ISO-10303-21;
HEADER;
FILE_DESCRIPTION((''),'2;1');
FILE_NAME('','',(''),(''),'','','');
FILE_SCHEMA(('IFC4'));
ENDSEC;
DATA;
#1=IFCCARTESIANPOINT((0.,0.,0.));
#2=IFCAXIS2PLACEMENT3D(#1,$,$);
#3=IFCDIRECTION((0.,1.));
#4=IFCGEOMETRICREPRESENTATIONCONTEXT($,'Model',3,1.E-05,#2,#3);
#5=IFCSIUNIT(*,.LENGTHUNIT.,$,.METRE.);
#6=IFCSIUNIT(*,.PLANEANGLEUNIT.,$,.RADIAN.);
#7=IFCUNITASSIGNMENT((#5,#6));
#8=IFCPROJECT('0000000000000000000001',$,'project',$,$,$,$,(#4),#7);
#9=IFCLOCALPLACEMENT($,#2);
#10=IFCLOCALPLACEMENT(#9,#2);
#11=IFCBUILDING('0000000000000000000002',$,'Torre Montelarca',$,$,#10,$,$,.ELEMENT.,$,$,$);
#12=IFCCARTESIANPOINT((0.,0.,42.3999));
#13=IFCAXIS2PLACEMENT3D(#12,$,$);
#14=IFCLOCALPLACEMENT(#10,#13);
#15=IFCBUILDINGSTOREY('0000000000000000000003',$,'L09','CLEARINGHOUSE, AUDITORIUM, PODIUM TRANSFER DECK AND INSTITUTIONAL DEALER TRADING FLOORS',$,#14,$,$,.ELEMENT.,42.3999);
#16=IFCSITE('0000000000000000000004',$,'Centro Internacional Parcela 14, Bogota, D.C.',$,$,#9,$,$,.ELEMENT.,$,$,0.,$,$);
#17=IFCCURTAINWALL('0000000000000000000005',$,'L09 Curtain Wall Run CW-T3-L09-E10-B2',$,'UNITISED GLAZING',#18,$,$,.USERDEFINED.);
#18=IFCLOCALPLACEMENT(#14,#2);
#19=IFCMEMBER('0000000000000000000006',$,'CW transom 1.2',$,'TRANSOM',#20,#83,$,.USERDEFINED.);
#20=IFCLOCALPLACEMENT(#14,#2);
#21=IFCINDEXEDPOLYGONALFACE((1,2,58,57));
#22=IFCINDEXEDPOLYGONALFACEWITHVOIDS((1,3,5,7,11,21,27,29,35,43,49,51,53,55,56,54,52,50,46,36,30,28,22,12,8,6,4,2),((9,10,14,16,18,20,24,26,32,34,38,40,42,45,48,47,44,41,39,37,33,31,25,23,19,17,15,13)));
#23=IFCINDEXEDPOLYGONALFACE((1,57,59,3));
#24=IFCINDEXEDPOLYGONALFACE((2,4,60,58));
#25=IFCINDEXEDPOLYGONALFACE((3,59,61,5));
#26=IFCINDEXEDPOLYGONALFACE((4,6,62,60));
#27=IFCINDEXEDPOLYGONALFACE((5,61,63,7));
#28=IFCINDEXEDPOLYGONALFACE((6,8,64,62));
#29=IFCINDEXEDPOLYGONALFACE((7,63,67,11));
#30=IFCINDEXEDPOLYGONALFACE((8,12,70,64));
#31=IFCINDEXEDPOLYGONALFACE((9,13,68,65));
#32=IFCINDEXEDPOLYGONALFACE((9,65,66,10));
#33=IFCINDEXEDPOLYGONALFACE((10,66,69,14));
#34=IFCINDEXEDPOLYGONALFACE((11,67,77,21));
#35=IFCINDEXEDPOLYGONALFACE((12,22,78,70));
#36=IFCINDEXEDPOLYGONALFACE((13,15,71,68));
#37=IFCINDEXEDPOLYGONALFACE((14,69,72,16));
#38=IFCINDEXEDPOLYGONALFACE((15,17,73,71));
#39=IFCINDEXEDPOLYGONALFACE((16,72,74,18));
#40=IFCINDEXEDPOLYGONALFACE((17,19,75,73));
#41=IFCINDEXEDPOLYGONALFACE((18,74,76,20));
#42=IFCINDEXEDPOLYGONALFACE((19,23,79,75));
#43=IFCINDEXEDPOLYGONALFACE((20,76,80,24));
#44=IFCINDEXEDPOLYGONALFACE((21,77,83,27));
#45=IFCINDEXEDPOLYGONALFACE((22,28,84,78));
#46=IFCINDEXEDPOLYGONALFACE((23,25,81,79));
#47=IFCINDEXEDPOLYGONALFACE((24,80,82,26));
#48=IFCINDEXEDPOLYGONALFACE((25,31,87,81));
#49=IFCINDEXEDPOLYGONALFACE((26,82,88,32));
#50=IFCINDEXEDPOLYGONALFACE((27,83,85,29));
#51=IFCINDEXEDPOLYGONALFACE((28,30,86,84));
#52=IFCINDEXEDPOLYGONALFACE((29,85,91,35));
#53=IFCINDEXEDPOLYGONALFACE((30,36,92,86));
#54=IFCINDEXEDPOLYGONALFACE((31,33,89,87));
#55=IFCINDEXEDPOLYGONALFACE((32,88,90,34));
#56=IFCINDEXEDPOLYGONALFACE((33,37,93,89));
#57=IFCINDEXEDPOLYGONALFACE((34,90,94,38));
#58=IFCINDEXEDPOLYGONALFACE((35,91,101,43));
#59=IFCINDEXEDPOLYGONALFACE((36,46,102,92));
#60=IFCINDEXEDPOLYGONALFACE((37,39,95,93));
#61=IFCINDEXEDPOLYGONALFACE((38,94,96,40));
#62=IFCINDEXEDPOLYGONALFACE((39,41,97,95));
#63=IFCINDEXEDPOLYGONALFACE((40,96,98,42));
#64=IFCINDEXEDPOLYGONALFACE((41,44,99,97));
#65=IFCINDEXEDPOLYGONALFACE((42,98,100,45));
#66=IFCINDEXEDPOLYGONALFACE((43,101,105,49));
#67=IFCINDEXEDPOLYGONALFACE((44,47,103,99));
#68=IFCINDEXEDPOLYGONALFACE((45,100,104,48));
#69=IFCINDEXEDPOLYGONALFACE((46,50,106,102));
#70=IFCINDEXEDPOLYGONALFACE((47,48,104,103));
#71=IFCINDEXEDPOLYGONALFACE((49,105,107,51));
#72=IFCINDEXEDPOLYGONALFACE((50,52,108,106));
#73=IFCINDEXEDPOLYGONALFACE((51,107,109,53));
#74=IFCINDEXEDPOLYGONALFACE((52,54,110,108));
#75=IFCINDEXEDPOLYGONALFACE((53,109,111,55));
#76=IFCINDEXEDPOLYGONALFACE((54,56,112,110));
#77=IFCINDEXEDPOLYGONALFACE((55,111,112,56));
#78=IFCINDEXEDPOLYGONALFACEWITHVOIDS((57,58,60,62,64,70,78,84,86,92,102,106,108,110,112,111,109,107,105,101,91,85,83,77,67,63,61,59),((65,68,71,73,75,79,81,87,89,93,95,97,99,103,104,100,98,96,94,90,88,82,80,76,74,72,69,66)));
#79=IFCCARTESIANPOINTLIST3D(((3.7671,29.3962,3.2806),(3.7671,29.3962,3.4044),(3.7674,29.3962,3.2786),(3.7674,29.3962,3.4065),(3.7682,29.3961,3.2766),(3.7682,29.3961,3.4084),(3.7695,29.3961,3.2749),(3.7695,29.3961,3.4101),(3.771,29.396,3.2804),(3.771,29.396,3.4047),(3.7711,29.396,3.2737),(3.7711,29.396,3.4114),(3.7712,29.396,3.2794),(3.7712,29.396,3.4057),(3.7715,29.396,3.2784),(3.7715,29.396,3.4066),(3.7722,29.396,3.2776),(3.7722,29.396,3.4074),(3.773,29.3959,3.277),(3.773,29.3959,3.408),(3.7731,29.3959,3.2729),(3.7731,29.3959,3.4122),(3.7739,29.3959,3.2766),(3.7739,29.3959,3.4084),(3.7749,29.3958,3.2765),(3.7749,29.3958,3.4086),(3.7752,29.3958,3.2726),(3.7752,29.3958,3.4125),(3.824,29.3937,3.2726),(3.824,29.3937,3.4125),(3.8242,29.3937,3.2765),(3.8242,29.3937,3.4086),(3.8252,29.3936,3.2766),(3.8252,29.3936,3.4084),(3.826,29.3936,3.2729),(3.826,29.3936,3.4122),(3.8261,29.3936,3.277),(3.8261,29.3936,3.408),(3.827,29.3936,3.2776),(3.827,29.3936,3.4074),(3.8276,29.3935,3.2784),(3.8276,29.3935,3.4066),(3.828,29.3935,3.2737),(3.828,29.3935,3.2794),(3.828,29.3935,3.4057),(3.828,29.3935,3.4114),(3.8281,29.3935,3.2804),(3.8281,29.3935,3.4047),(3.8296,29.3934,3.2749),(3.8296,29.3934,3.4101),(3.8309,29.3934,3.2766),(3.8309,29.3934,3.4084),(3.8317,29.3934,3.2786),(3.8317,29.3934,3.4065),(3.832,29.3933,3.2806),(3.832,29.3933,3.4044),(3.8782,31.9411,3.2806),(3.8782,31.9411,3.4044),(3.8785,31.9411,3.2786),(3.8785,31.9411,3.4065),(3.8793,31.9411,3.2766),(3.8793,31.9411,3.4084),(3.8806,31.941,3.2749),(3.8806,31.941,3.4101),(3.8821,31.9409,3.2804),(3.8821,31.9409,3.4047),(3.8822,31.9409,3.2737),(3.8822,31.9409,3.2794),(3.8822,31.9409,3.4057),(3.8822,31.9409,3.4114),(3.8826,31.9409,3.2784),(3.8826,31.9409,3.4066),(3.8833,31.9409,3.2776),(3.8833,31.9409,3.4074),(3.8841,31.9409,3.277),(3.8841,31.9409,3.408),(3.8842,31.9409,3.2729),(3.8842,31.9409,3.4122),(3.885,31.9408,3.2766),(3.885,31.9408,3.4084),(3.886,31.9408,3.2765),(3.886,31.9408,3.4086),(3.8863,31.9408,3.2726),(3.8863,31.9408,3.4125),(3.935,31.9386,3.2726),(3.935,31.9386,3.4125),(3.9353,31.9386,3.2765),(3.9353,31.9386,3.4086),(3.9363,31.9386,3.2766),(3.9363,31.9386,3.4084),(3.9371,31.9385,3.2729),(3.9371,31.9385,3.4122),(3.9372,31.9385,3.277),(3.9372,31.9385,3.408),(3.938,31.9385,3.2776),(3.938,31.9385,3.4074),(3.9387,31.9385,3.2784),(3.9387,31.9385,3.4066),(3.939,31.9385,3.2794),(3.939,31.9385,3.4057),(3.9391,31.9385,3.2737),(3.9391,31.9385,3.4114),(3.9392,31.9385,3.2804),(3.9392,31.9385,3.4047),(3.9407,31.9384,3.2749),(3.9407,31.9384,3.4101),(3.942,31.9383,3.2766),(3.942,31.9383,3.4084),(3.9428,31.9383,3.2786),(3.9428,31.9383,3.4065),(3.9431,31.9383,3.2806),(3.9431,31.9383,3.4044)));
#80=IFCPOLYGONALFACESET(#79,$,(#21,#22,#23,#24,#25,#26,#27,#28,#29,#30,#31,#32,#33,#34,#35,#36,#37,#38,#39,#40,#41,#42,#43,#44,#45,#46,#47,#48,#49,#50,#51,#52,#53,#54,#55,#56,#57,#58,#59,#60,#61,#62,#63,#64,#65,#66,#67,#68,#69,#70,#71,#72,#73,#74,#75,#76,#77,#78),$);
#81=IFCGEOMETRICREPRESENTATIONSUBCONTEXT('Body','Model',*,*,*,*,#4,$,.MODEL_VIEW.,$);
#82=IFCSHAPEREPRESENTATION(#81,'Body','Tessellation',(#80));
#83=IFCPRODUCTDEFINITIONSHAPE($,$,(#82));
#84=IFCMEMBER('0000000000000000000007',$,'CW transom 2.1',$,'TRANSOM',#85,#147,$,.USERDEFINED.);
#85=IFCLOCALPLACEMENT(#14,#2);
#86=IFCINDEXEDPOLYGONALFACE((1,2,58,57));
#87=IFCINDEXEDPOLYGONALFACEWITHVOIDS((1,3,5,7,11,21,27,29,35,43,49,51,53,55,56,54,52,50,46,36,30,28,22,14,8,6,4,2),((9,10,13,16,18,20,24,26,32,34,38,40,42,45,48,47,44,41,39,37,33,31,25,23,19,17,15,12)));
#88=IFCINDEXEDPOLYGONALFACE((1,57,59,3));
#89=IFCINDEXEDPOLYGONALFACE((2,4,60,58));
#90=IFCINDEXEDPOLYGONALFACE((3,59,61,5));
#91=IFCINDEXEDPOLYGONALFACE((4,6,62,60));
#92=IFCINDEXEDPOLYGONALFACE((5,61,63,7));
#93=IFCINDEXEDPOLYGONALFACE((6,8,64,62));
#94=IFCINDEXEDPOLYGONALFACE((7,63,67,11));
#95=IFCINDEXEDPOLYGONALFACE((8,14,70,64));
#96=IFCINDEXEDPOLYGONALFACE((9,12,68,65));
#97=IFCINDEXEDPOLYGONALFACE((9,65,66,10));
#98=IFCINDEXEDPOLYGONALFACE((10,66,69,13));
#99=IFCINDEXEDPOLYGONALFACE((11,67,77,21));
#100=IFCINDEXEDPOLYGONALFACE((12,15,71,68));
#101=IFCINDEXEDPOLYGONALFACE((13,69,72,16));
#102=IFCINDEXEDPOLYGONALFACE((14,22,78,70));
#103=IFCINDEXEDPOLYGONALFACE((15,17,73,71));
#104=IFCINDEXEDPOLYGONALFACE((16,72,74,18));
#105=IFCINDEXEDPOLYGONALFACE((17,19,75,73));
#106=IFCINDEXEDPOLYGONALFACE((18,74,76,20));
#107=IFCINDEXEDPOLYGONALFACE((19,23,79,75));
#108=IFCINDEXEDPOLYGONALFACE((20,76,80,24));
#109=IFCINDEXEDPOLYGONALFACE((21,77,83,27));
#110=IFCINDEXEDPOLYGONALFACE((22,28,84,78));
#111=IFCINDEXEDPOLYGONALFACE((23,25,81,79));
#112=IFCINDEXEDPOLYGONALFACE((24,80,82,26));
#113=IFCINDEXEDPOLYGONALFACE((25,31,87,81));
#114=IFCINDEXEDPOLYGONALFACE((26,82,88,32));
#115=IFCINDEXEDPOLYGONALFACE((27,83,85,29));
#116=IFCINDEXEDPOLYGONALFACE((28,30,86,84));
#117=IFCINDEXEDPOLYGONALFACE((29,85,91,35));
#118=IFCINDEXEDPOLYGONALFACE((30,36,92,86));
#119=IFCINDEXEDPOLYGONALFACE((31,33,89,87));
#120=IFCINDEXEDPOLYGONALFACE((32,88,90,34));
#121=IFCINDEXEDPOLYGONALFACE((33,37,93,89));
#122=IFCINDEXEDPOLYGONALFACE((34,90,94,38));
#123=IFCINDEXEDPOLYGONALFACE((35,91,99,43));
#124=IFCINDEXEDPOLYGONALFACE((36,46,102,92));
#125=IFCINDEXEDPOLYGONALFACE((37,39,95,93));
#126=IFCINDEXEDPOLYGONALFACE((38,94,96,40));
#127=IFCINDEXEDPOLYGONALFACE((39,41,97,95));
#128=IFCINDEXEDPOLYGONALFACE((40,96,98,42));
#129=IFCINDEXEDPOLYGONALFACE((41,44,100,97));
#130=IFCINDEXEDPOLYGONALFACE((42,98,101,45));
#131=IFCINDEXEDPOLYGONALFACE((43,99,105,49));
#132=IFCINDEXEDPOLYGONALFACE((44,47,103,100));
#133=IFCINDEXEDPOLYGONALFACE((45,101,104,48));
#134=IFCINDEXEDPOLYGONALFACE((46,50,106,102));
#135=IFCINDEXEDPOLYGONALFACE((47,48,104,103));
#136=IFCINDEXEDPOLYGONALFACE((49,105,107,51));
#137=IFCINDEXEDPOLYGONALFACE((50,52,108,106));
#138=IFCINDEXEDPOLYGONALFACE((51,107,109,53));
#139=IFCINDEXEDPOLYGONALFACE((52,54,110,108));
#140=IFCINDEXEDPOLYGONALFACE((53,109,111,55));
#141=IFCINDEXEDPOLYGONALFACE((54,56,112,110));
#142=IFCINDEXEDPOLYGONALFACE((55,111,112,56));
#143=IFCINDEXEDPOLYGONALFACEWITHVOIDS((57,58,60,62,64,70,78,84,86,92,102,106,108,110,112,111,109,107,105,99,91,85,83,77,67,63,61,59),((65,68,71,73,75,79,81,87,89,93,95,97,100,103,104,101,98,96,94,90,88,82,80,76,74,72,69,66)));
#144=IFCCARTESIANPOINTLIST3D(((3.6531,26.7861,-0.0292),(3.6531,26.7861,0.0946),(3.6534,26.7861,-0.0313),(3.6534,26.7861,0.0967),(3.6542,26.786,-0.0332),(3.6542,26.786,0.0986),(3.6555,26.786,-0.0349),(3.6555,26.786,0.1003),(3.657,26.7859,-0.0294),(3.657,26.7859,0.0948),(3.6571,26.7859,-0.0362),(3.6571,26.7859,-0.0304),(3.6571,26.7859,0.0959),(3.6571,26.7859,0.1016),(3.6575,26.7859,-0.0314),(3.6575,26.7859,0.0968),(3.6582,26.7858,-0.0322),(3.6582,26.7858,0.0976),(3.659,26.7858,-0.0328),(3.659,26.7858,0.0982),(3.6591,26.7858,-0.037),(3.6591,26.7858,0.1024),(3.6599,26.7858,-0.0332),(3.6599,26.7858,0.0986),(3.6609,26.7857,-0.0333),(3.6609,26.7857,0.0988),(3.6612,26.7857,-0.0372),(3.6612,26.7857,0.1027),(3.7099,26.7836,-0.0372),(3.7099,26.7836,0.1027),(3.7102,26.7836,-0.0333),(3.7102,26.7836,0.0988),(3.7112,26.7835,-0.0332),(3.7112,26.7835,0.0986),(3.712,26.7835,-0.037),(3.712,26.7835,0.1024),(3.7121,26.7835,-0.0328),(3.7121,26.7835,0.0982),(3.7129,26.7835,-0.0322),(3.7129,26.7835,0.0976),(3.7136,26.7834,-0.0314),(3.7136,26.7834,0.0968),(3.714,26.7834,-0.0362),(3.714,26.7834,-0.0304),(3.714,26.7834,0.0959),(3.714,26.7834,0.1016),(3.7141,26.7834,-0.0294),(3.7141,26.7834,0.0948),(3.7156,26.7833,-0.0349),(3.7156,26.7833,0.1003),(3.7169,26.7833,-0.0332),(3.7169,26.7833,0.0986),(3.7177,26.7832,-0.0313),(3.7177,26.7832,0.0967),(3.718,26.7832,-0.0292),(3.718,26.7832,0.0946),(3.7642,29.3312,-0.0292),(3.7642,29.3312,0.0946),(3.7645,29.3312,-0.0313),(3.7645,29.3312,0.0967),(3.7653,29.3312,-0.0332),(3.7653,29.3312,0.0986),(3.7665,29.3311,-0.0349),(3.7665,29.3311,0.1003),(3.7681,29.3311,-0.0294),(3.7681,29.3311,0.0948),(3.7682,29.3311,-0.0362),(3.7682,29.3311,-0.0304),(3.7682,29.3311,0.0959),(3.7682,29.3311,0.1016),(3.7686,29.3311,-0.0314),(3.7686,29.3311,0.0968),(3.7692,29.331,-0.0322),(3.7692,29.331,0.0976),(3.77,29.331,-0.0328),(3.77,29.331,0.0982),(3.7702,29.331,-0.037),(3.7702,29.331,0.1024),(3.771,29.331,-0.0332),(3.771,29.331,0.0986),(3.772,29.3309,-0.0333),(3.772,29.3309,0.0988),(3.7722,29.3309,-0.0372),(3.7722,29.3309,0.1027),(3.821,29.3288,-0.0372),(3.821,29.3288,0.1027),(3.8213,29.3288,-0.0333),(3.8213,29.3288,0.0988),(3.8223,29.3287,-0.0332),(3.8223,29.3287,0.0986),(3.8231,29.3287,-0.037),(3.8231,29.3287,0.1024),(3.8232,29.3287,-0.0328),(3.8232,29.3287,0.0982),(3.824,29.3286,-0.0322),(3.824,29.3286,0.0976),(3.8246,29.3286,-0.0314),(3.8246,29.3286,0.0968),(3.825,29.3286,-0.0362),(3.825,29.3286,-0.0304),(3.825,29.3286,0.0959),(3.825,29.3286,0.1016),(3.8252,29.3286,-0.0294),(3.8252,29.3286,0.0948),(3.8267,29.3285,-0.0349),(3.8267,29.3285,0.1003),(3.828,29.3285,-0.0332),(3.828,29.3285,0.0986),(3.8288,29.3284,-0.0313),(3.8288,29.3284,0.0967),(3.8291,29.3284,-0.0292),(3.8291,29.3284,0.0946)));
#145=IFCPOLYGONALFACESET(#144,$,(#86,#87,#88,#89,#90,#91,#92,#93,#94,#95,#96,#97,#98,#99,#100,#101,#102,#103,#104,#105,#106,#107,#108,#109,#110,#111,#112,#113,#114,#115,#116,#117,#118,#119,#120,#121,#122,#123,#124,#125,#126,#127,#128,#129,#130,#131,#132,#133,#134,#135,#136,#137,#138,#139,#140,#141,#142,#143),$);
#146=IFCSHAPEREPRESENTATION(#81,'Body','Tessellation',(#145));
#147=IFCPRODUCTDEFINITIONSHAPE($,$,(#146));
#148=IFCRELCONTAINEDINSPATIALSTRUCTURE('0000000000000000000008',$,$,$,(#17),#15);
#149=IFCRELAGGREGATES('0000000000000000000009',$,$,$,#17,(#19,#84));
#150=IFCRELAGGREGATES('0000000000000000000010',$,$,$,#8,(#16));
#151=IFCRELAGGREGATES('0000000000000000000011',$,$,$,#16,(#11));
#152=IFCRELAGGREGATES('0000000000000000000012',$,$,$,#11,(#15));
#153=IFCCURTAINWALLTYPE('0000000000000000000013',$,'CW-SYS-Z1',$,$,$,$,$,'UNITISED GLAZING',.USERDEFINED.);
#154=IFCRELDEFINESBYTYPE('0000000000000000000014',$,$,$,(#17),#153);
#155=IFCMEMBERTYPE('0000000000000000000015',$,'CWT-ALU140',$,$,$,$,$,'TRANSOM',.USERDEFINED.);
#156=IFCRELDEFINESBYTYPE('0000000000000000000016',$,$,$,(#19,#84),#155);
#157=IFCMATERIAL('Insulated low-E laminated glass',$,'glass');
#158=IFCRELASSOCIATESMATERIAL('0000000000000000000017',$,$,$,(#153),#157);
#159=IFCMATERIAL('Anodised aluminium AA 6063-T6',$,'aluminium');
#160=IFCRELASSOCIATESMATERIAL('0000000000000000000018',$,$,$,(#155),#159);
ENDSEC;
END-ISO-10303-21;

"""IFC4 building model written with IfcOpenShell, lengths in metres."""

from ifc_helpers import new_model, si_unit, direction, frame, origin, origin_2d, place, context, subcontext, project, spatial, hollow_rectangle, extrude, source, transform, mapped, material, material_profile, profile_set, type_object, element, aggregate, save


model = new_model("IFC4")

# Units and contexts
model_context = context("Model", 3, precision=1e-05, world=origin(), true_north=direction((0.0, 1.0)))
body_context = subcontext(model_context, "Body", "Model", "MODEL_VIEW")
ifc_project = project(units=[si_unit("LENGTHUNIT", "METRE"), si_unit("PLANEANGLEUNIT", "RADIAN")], contexts=[model_context])

# Site, building, storey
site_placement = place(None, origin())
site = spatial("IfcSite", under=ifc_project, at=site_placement, Name="Centro Internacional Parcela 14, Bogota, D.C.", CompositionType="ELEMENT", RefElevation=0.0)
building_placement = place(site_placement, origin())
building = spatial("IfcBuilding", under=site, at=building_placement, Name="Torre Montelarca", CompositionType="ELEMENT")
storey_placement = place(building_placement, frame((0.0, 0.0, 42.3999)))
storey = spatial("IfcBuildingStorey", under=building, at=storey_placement, Name="L09", Description="CLEARINGHOUSE, AUDITORIUM, PODIUM TRANSFER DECK AND INSTITUTIONAL DEALER TRADING FLOORS", CompositionType="ELEMENT", Elevation=42.3999)

# Curtain wall
ifc_material_1 = material(Name="Insulated low-E laminated glass", Category="glass")
curtain_wall_type = type_object("IfcCurtainWallType", Name="CW-SYS-Z1", ElementType="UNITISED GLAZING", PredefinedType="USERDEFINED", material=ifc_material_1)
ifc_material_2 = material(Name="Anodised aluminium AA 6063-T6", Category="aluminium")
curtain_wall_1_placement = place(storey_placement, origin())
curtain_wall_1 = element("IfcCurtainWall", 1, at=curtain_wall_1_placement, inside=storey, type_object=curtain_wall_type, Name="L09 Curtain Wall Run CW-T3-L09-E10-B2", ObjectType="UNITISED GLAZING", PredefinedType="USERDEFINED")

# Members
ifc_material_profile_1 = material_profile(ifc_material_2, hollow_rectangle(XDim=0.0649, YDim=0.1399, WallThickness=0.0039, InnerFilletRadius=0.0039, OuterFilletRadius=0.0081, at=origin_2d()), Name="ALU65X140X4", Category="aluminium")
ifc_profile_set_1 = profile_set([ifc_material_profile_1], Name="Anodised aluminium AA 6063-T6")
member_type_1 = type_object("IfcMemberType", Name="CWT-ALU140", ElementType="TRANSOM", PredefinedType="USERDEFINED", material=ifc_profile_set_1)
shared_shape_1 = source(origin(), body_context, "Body", "SweptSolid", [
    extrude(hollow_rectangle(XDim=0.0649, YDim=0.1399, WallThickness=0.0039, InnerFilletRadius=0.0039, OuterFilletRadius=0.0081, at=origin_2d()), origin(), (0.0, 0.0, 1.0), 2.5474),
])
member_1_placement = place(storey_placement, frame((3.9106, 31.9397, 3.3425), z_axis=(-0.043608, -0.999049, 0.0), x_axis=(0.999049, -0.043608, 0.0)))
member_1 = element("IfcMember", 2, at=member_1_placement, type_object=member_type_1, Name="CW transom 1.2", ObjectType="TRANSOM", PredefinedType="USERDEFINED", context=body_context, shape_type="MappedRepresentation", body=[
    mapped(shared_shape_1, transform((0.0, 0.0, 0.0), scale=1.0)),
])
shared_shape_2 = source(origin(), body_context, "Body", "SweptSolid", [
    extrude(hollow_rectangle(XDim=0.0649, YDim=0.1399, WallThickness=0.0039, InnerFilletRadius=0.0039, OuterFilletRadius=0.0081, at=origin_2d()), origin(), (0.0, 0.0, 1.0), 2.5476),
])
member_2_placement = place(storey_placement, frame((3.7966, 29.3298, 0.0327), z_axis=(-0.043604, -0.999049, 0.0), x_axis=(0.999049, -0.043604, 0.0)))
member_2 = element("IfcMember", 3, at=member_2_placement, type_object=member_type_1, Name="CW transom 2.1", ObjectType="TRANSOM", PredefinedType="USERDEFINED", context=body_context, shape_type="MappedRepresentation", body=[
    mapped(shared_shape_2, transform((0.0, 0.0, 0.0), scale=1.0)),
])

aggregate(curtain_wall_1, [member_1, member_2])

save(model, "model.ifc")
